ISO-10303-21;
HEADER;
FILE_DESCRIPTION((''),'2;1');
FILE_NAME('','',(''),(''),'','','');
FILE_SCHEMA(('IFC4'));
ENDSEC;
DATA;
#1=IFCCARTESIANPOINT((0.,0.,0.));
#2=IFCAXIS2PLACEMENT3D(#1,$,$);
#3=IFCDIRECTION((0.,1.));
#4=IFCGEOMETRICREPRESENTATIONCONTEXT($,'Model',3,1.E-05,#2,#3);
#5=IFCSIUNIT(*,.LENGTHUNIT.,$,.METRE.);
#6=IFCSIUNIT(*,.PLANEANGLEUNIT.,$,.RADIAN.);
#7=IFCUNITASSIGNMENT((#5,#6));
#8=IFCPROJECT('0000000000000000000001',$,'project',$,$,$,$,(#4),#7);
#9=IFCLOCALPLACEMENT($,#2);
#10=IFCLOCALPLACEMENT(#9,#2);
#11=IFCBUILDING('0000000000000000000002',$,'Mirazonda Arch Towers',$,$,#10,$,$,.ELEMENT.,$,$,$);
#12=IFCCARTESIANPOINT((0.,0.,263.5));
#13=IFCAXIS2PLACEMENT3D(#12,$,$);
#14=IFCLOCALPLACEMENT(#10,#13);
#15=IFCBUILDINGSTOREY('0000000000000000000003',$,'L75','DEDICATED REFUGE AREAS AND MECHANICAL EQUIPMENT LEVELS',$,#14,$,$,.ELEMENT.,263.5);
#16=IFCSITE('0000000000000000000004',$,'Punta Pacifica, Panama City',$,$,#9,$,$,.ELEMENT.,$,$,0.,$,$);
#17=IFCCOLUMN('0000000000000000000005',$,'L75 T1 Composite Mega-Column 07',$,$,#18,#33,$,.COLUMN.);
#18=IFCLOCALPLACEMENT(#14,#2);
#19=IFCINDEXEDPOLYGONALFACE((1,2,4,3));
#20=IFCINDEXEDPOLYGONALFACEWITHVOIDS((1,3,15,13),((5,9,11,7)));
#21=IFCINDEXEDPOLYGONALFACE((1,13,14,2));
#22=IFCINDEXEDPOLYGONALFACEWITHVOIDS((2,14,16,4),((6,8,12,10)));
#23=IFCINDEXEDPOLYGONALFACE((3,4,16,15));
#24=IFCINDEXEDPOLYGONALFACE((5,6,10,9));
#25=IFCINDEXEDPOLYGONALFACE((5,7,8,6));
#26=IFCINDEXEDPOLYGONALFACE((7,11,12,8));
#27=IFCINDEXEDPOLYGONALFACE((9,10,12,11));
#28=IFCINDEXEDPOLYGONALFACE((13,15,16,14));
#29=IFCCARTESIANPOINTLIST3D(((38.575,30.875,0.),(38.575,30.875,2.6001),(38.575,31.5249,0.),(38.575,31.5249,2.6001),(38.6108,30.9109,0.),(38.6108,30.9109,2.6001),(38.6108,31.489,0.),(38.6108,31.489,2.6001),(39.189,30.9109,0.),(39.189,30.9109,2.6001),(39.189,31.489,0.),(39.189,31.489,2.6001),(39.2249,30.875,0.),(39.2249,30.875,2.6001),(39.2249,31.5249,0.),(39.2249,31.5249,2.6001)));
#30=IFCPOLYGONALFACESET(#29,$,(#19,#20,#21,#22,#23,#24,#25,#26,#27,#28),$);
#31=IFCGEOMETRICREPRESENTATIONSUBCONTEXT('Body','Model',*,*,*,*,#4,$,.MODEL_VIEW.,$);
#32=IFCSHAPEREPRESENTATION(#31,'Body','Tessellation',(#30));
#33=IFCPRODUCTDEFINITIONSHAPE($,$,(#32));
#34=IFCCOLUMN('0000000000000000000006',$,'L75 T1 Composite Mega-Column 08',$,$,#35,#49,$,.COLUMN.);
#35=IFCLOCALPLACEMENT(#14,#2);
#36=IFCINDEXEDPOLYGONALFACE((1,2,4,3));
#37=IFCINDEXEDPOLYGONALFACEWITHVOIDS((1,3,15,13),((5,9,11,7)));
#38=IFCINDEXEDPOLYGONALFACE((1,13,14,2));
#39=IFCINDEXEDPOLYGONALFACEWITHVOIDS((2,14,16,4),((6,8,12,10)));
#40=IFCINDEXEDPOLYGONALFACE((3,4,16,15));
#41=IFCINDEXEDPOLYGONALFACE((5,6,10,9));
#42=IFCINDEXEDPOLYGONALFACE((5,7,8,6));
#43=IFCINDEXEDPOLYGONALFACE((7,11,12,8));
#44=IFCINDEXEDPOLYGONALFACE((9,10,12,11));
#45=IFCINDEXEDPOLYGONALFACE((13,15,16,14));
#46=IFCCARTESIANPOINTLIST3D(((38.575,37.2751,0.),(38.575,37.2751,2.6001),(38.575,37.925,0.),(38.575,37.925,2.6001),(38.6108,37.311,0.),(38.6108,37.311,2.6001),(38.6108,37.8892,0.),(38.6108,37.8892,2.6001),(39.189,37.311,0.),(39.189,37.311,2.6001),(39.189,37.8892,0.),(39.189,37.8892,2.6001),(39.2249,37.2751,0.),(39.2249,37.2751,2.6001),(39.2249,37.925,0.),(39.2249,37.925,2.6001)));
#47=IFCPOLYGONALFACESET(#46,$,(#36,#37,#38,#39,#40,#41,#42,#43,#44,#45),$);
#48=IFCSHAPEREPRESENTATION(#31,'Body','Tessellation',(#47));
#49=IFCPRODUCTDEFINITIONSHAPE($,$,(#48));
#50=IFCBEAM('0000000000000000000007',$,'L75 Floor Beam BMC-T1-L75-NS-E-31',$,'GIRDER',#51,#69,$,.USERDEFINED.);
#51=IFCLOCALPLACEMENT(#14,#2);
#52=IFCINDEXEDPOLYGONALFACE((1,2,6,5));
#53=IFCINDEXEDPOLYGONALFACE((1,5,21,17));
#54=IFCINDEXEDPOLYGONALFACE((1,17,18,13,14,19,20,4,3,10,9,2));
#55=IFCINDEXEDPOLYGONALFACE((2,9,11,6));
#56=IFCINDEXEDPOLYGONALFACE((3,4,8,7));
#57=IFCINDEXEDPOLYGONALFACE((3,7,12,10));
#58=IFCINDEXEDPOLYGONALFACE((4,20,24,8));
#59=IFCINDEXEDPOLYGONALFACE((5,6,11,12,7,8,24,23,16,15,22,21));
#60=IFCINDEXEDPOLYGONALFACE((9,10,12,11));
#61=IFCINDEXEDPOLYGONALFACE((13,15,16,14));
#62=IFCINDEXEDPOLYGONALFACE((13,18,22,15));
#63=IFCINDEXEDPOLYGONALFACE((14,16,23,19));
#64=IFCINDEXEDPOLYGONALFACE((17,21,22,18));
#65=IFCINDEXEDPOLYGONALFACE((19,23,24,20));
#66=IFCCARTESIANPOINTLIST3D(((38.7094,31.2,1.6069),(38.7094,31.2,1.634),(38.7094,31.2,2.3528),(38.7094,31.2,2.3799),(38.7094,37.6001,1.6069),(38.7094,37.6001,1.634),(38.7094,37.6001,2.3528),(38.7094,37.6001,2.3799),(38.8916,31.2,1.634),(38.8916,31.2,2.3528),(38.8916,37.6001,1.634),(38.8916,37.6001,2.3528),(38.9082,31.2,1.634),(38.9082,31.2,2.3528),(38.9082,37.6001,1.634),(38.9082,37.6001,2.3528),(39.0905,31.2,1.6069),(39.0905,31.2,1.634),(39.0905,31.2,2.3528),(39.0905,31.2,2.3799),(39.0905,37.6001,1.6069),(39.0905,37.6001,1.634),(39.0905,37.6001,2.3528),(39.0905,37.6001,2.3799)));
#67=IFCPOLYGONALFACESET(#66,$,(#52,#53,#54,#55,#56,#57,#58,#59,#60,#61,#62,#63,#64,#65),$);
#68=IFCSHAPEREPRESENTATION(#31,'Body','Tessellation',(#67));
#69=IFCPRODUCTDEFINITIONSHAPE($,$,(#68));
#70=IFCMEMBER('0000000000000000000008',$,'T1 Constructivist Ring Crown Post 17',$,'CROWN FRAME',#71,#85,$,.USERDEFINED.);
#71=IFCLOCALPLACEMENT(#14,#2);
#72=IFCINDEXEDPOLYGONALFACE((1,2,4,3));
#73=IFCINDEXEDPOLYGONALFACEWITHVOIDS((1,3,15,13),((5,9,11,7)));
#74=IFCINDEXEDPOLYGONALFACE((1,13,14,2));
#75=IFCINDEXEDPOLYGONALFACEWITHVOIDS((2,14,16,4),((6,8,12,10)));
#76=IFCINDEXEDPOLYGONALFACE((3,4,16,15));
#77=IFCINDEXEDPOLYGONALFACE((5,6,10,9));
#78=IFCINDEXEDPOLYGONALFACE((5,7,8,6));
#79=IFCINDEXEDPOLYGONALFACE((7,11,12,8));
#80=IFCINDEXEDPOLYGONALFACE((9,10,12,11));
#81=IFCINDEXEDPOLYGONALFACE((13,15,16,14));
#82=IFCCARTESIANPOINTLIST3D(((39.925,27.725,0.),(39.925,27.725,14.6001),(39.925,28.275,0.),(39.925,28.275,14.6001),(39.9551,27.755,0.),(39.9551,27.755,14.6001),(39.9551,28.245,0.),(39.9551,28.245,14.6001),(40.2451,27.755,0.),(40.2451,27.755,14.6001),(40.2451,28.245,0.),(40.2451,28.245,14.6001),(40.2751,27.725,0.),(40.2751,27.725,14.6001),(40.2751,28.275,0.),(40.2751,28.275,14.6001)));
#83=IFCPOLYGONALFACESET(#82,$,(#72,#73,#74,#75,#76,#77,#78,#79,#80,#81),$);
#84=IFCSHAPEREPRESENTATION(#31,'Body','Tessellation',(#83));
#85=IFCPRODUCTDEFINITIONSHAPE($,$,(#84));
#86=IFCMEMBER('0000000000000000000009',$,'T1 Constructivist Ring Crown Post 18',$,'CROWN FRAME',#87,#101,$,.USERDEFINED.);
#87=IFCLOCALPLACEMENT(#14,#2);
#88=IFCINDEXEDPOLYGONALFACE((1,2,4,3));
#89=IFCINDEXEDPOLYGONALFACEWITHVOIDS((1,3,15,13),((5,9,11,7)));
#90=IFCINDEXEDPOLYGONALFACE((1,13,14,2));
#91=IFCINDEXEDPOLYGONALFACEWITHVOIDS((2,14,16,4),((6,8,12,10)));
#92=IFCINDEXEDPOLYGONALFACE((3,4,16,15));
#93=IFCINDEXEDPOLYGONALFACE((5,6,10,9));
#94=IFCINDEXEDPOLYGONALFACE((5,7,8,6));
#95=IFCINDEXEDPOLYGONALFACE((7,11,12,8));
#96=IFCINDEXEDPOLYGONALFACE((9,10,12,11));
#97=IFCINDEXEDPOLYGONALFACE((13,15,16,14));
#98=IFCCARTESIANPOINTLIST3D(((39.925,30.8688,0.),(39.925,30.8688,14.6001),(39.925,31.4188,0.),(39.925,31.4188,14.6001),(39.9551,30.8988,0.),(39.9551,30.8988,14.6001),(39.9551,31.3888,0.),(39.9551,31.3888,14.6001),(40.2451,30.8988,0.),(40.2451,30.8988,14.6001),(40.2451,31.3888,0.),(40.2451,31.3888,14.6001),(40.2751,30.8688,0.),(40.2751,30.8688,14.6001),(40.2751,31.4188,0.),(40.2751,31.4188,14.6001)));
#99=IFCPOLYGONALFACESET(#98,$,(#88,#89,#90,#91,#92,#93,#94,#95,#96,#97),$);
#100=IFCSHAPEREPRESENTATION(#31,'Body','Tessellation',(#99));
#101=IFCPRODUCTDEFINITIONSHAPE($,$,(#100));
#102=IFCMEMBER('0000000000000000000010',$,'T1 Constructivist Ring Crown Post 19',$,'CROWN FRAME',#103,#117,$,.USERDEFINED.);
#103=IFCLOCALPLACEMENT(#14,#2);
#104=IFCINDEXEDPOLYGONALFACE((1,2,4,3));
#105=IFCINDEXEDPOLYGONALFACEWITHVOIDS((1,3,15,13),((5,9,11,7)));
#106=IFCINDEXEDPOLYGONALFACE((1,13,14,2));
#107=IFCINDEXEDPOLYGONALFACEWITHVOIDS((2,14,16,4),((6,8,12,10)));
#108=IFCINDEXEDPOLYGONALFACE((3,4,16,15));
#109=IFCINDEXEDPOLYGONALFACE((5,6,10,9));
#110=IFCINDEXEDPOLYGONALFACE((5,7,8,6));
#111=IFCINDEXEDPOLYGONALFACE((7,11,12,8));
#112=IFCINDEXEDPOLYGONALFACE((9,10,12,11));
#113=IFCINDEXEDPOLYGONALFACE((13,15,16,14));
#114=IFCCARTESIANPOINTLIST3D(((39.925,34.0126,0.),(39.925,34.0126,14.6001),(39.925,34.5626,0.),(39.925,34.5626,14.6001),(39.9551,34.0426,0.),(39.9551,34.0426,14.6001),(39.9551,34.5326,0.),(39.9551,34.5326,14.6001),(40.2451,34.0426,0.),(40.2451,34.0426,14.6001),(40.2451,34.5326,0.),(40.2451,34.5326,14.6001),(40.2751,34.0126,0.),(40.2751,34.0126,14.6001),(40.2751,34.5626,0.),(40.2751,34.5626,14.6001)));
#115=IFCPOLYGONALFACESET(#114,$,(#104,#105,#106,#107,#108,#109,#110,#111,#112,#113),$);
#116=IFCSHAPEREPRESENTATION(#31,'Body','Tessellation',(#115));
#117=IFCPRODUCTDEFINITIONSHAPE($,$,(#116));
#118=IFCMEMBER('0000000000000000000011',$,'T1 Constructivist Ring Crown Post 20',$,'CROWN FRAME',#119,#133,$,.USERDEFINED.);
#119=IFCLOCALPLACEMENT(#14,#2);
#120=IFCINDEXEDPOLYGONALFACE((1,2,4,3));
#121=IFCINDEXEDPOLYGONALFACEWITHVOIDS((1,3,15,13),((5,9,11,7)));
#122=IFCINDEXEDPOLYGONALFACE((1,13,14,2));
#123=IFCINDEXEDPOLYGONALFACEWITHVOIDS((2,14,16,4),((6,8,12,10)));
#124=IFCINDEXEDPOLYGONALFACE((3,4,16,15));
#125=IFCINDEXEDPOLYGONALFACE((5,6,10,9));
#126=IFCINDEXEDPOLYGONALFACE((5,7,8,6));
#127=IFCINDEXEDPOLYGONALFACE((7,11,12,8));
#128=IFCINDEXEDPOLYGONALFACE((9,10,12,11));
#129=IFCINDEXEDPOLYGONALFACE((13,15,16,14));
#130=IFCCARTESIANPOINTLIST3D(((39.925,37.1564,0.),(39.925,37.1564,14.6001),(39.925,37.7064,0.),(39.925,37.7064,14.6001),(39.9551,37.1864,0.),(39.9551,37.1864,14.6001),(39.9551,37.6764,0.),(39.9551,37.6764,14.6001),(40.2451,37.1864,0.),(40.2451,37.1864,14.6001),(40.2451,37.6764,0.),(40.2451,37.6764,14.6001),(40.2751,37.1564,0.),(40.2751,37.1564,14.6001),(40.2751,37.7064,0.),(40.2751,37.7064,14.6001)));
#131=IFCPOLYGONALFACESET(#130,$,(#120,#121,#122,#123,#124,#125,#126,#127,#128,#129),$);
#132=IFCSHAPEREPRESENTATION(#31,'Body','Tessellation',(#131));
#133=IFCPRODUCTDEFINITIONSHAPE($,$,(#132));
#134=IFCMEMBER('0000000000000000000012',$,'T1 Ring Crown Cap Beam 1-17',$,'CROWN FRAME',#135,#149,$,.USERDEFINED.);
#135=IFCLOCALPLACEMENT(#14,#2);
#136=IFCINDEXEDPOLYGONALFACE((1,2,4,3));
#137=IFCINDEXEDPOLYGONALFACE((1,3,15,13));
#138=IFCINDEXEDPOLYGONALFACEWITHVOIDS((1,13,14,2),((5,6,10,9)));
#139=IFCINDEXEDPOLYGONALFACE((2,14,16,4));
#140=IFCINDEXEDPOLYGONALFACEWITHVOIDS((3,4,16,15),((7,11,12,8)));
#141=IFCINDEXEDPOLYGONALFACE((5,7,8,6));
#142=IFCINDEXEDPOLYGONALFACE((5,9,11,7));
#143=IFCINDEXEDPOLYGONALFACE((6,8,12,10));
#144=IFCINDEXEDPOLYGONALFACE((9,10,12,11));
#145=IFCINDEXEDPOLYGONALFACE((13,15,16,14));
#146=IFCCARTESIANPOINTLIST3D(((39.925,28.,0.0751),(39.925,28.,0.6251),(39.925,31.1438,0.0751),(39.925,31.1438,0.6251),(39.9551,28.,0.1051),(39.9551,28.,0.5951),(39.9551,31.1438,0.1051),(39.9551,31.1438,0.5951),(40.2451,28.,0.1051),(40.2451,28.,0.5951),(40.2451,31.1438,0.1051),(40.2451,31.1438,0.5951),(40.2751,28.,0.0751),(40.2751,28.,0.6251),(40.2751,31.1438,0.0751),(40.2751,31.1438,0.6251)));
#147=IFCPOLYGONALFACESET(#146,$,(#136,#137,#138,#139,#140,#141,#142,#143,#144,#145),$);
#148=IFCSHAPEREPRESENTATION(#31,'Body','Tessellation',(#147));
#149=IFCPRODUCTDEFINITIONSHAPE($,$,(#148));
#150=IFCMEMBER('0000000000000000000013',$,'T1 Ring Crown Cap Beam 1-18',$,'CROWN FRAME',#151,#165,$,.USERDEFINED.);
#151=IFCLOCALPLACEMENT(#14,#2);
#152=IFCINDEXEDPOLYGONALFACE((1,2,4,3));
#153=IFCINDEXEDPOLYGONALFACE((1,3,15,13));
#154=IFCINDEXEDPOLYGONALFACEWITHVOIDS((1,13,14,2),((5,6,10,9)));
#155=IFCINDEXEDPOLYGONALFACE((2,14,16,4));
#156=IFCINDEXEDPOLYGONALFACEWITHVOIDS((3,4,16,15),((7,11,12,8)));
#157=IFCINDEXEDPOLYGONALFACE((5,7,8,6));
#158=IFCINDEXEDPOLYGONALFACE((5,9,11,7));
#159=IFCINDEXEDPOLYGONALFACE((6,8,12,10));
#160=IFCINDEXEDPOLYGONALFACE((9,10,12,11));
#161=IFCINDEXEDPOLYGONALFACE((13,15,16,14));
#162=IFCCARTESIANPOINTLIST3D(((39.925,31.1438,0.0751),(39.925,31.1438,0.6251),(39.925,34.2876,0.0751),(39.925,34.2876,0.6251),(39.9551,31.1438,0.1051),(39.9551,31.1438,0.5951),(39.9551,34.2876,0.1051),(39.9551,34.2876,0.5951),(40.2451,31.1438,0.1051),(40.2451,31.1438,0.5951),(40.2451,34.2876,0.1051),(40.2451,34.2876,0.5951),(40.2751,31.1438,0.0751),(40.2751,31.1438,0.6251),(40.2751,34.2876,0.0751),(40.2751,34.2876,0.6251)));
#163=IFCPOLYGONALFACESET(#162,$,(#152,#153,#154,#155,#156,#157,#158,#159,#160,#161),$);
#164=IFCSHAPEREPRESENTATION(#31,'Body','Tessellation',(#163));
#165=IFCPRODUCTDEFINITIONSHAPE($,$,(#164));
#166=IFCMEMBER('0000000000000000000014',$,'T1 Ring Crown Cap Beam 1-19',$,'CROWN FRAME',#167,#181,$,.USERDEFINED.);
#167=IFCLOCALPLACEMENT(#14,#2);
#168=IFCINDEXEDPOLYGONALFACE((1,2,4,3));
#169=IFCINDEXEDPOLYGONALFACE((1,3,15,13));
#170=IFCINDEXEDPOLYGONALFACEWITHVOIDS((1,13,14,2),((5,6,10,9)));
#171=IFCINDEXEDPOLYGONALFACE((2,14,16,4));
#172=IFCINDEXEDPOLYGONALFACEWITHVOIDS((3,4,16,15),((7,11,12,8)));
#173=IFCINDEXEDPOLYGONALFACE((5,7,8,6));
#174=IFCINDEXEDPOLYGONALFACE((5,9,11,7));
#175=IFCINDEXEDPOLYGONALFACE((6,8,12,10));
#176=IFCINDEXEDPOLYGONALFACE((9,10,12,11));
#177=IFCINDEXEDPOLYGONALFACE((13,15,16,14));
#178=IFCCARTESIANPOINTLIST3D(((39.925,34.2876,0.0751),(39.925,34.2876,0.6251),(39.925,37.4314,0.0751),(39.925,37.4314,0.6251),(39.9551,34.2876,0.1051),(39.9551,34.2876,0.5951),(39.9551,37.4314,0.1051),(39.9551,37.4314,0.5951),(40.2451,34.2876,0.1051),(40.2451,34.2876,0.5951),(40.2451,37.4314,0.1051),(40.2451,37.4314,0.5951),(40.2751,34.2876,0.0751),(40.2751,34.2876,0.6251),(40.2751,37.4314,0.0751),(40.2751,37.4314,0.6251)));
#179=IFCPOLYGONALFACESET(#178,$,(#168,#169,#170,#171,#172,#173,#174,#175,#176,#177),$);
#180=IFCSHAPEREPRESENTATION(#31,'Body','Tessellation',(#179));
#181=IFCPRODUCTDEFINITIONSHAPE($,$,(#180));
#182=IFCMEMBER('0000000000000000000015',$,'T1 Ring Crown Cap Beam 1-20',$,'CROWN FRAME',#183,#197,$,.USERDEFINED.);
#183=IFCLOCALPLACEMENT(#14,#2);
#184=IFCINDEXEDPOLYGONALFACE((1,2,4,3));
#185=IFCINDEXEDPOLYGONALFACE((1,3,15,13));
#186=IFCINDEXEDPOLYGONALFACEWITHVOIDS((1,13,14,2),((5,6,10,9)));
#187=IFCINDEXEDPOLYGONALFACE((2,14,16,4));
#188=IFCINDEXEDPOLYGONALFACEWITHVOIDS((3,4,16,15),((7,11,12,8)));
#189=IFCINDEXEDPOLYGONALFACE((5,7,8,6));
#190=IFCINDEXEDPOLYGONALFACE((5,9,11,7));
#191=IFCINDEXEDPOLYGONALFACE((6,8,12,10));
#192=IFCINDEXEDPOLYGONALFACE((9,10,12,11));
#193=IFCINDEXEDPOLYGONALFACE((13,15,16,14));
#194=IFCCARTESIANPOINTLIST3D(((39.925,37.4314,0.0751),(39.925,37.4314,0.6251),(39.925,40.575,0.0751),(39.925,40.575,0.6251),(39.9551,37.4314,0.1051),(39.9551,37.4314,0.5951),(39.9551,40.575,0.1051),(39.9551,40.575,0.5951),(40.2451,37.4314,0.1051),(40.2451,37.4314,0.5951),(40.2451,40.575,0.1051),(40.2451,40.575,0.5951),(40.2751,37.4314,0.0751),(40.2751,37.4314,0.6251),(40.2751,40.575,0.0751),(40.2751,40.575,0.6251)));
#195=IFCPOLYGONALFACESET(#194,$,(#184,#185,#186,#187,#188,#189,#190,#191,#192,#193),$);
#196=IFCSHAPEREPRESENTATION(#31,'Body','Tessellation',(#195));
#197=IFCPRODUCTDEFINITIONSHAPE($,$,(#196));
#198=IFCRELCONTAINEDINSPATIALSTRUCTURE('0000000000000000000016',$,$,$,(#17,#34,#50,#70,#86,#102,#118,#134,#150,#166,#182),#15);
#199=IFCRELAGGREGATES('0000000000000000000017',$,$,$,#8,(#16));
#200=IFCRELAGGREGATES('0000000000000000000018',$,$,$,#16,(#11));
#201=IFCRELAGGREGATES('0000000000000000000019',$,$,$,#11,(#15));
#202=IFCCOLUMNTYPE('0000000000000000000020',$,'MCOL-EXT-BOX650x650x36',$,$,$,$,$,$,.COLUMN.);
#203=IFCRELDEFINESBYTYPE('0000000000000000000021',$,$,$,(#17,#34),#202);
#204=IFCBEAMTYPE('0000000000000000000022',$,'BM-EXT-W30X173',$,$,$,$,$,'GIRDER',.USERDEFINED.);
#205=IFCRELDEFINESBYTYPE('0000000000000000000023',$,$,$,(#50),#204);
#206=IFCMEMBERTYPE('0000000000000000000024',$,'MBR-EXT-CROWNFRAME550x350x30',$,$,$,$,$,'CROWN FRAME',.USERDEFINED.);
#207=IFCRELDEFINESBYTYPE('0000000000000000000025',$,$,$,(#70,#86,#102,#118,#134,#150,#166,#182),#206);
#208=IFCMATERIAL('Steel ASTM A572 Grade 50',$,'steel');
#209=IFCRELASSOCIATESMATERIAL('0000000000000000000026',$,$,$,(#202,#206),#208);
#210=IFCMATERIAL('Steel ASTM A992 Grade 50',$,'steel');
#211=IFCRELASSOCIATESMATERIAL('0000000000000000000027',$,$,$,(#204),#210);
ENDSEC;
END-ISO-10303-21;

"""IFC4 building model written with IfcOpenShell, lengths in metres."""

from ifc_helpers import new_model, si_unit, direction, frame, origin, origin_2d, place, context, subcontext, project, spatial, hollow_rectangle, i_section, extrude, material, material_profile, profile_set, type_object, element, save


model = new_model("IFC4")

# Units and contexts
model_context = context("Model", 3, precision=1e-05, world=origin(), true_north=direction((0.0, 1.0)))
body_context = subcontext(model_context, "Body", "Model", "MODEL_VIEW")
ifc_project = project(units=[si_unit("LENGTHUNIT", "METRE"), si_unit("PLANEANGLEUNIT", "RADIAN")], contexts=[model_context])

# Site, building, storey
site_placement = place(None, origin())
site = spatial("IfcSite", under=ifc_project, at=site_placement, Name="Punta Pacifica, Panama City", CompositionType="ELEMENT", RefElevation=0.0)
building_placement = place(site_placement, origin())
building = spatial("IfcBuilding", under=site, at=building_placement, Name="Mirazonda Arch Towers", CompositionType="ELEMENT")
storey_placement = place(building_placement, frame((0.0, 0.0, 263.5)))
storey = spatial("IfcBuildingStorey", under=building, at=storey_placement, Name="L75", Description="DEDICATED REFUGE AREAS AND MECHANICAL EQUIPMENT LEVELS", CompositionType="ELEMENT", Elevation=263.5)

# Columns
ifc_material_1 = material(Name="Steel ASTM A572 Grade 50", Category="steel")
ifc_material_profile_1 = material_profile(ifc_material_1, hollow_rectangle(XDim=0.6499, YDim=0.6499, WallThickness=0.0359, at=origin_2d()), Name="BOX650x650x36")
ifc_profile_set_1 = profile_set([ifc_material_profile_1], Name="Steel ASTM A572 Grade 50")
column_type = type_object("IfcColumnType", Name="MCOL-EXT-BOX650x650x36", PredefinedType="COLUMN", material=ifc_profile_set_1)
for number, where, z_axis, x_axis, name in (
    (1, (38.8999, 31.2, 0.0), (0.0, 0.0, 1.0), (1.0, 0.0, 0.0), "L75 T1 Composite Mega-Column 07"),
    (2, (38.8999, 37.6001, 0.0), (0.0, 0.0, 1.0), (1.0, 0.0, 0.0), "L75 T1 Composite Mega-Column 08"),
):
    element("IfcColumn", number, at=place(storey_placement, frame(where, z_axis=z_axis, x_axis=x_axis)), inside=storey, type_object=column_type, Name=name, PredefinedType="COLUMN", context=body_context, shape_type="SweptSolid", body=[
        extrude(hollow_rectangle(XDim=0.6499, YDim=0.6499, WallThickness=0.0359, at=origin_2d()), origin(), (0.0, 0.0, 1.0), 2.6001),
    ])

# Beam
ifc_material_2 = material(Name="Steel ASTM A992 Grade 50", Category="steel")
ifc_material_profile_2 = material_profile(ifc_material_2, i_section(OverallWidth=0.3811, OverallDepth=0.7729, WebThickness=0.0166, FlangeThickness=0.0271, at=origin_2d()), Name="W30X173")
ifc_profile_set_2 = profile_set([ifc_material_profile_2], Name="Steel ASTM A992 Grade 50")
beam_type = type_object("IfcBeamType", Name="BM-EXT-W30X173", ElementType="GIRDER", PredefinedType="USERDEFINED", material=ifc_profile_set_2)
beam_placement = place(storey_placement, frame((38.8999, 31.2, 1.9934), z_axis=(0.0, 1.0, 0.0), x_axis=(-1.0, 0.0, 0.0)))
element("IfcBeam", 3, at=beam_placement, inside=storey, type_object=beam_type, Name="L75 Floor Beam BMC-T1-L75-NS-E-31", ObjectType="GIRDER", PredefinedType="USERDEFINED", context=body_context, shape_type="SweptSolid", body=[
    extrude(i_section(OverallWidth=0.3811, OverallDepth=0.7729, WebThickness=0.0166, FlangeThickness=0.0271, at=origin_2d()), origin(), (0.0, 0.0, 1.0), 6.4001),
])

# Members
ifc_material_profile_3 = material_profile(ifc_material_1, hollow_rectangle(XDim=0.3501, YDim=0.55, WallThickness=0.03, at=origin_2d()), Name="CROWNFRAME550x350x30")
ifc_profile_set_3 = profile_set([ifc_material_profile_3], Name="Steel ASTM A572 Grade 50")
member_type = type_object("IfcMemberType", Name="MBR-EXT-CROWNFRAME550x350x30", ElementType="CROWN FRAME", PredefinedType="USERDEFINED", material=ifc_profile_set_3)
for number, where, z_axis, x_axis, name in (
    (4, (40.1001, 28.0, 0.0), (0.0, 0.0, 1.0), (1.0, 0.0, 0.0), "T1 Constructivist Ring Crown Post 17"),
    (5, (40.1001, 31.1438, 0.0), (0.0, 0.0, 1.0), (1.0, 0.0, 0.0), "T1 Constructivist Ring Crown Post 18"),
    (6, (40.1001, 34.2876, 0.0), (0.0, 0.0, 1.0), (1.0, 0.0, 0.0), "T1 Constructivist Ring Crown Post 19"),
    (7, (40.1001, 37.4314, 0.0), (0.0, 0.0, 1.0), (1.0, 0.0, 0.0), "T1 Constructivist Ring Crown Post 20"),
):
    element("IfcMember", number, at=place(storey_placement, frame(where, z_axis=z_axis, x_axis=x_axis)), inside=storey, type_object=member_type, Name=name, ObjectType="CROWN FRAME", PredefinedType="USERDEFINED", context=body_context, shape_type="SweptSolid", body=[
        extrude(hollow_rectangle(XDim=0.3501, YDim=0.55, WallThickness=0.03, at=origin_2d()), origin(), (0.0, 0.0, 1.0), 14.6001),
    ])
for number, where, z_axis, x_axis, name in (
    (8, (40.1001, 28.0, 0.3501), (0.0, 1.0, 0.0), (-1.0, 0.0, 0.0), "T1 Ring Crown Cap Beam 1-17"),
    (9, (40.1001, 31.1438, 0.3501), (0.0, 1.0, 0.0), (-1.0, 0.0, 0.0), "T1 Ring Crown Cap Beam 1-18"),
    (10, (40.1001, 34.2876, 0.3501), (0.0, 1.0, 0.0), (-1.0, 0.0, 0.0), "T1 Ring Crown Cap Beam 1-19"),
):
    element("IfcMember", number, at=place(storey_placement, frame(where, z_axis=z_axis, x_axis=x_axis)), inside=storey, type_object=member_type, Name=name, ObjectType="CROWN FRAME", PredefinedType="USERDEFINED", context=body_context, shape_type="SweptSolid", body=[
        extrude(hollow_rectangle(XDim=0.3501, YDim=0.55, WallThickness=0.03, at=origin_2d()), origin(), (0.0, 0.0, 1.0), 3.1438),
    ])
member_1_placement = place(storey_placement, frame((40.1001, 37.4314, 0.3501), z_axis=(0.0, 1.0, 0.0), x_axis=(-1.0, 0.0, 0.0)))
element("IfcMember", 11, at=member_1_placement, inside=storey, type_object=member_type, Name="T1 Ring Crown Cap Beam 1-20", ObjectType="CROWN FRAME", PredefinedType="USERDEFINED", context=body_context, shape_type="SweptSolid", body=[
    extrude(hollow_rectangle(XDim=0.3501, YDim=0.55, WallThickness=0.03, at=origin_2d()), origin(), (0.0, 0.0, 1.0), 3.1436),
])

save(model, "model.ifc")
